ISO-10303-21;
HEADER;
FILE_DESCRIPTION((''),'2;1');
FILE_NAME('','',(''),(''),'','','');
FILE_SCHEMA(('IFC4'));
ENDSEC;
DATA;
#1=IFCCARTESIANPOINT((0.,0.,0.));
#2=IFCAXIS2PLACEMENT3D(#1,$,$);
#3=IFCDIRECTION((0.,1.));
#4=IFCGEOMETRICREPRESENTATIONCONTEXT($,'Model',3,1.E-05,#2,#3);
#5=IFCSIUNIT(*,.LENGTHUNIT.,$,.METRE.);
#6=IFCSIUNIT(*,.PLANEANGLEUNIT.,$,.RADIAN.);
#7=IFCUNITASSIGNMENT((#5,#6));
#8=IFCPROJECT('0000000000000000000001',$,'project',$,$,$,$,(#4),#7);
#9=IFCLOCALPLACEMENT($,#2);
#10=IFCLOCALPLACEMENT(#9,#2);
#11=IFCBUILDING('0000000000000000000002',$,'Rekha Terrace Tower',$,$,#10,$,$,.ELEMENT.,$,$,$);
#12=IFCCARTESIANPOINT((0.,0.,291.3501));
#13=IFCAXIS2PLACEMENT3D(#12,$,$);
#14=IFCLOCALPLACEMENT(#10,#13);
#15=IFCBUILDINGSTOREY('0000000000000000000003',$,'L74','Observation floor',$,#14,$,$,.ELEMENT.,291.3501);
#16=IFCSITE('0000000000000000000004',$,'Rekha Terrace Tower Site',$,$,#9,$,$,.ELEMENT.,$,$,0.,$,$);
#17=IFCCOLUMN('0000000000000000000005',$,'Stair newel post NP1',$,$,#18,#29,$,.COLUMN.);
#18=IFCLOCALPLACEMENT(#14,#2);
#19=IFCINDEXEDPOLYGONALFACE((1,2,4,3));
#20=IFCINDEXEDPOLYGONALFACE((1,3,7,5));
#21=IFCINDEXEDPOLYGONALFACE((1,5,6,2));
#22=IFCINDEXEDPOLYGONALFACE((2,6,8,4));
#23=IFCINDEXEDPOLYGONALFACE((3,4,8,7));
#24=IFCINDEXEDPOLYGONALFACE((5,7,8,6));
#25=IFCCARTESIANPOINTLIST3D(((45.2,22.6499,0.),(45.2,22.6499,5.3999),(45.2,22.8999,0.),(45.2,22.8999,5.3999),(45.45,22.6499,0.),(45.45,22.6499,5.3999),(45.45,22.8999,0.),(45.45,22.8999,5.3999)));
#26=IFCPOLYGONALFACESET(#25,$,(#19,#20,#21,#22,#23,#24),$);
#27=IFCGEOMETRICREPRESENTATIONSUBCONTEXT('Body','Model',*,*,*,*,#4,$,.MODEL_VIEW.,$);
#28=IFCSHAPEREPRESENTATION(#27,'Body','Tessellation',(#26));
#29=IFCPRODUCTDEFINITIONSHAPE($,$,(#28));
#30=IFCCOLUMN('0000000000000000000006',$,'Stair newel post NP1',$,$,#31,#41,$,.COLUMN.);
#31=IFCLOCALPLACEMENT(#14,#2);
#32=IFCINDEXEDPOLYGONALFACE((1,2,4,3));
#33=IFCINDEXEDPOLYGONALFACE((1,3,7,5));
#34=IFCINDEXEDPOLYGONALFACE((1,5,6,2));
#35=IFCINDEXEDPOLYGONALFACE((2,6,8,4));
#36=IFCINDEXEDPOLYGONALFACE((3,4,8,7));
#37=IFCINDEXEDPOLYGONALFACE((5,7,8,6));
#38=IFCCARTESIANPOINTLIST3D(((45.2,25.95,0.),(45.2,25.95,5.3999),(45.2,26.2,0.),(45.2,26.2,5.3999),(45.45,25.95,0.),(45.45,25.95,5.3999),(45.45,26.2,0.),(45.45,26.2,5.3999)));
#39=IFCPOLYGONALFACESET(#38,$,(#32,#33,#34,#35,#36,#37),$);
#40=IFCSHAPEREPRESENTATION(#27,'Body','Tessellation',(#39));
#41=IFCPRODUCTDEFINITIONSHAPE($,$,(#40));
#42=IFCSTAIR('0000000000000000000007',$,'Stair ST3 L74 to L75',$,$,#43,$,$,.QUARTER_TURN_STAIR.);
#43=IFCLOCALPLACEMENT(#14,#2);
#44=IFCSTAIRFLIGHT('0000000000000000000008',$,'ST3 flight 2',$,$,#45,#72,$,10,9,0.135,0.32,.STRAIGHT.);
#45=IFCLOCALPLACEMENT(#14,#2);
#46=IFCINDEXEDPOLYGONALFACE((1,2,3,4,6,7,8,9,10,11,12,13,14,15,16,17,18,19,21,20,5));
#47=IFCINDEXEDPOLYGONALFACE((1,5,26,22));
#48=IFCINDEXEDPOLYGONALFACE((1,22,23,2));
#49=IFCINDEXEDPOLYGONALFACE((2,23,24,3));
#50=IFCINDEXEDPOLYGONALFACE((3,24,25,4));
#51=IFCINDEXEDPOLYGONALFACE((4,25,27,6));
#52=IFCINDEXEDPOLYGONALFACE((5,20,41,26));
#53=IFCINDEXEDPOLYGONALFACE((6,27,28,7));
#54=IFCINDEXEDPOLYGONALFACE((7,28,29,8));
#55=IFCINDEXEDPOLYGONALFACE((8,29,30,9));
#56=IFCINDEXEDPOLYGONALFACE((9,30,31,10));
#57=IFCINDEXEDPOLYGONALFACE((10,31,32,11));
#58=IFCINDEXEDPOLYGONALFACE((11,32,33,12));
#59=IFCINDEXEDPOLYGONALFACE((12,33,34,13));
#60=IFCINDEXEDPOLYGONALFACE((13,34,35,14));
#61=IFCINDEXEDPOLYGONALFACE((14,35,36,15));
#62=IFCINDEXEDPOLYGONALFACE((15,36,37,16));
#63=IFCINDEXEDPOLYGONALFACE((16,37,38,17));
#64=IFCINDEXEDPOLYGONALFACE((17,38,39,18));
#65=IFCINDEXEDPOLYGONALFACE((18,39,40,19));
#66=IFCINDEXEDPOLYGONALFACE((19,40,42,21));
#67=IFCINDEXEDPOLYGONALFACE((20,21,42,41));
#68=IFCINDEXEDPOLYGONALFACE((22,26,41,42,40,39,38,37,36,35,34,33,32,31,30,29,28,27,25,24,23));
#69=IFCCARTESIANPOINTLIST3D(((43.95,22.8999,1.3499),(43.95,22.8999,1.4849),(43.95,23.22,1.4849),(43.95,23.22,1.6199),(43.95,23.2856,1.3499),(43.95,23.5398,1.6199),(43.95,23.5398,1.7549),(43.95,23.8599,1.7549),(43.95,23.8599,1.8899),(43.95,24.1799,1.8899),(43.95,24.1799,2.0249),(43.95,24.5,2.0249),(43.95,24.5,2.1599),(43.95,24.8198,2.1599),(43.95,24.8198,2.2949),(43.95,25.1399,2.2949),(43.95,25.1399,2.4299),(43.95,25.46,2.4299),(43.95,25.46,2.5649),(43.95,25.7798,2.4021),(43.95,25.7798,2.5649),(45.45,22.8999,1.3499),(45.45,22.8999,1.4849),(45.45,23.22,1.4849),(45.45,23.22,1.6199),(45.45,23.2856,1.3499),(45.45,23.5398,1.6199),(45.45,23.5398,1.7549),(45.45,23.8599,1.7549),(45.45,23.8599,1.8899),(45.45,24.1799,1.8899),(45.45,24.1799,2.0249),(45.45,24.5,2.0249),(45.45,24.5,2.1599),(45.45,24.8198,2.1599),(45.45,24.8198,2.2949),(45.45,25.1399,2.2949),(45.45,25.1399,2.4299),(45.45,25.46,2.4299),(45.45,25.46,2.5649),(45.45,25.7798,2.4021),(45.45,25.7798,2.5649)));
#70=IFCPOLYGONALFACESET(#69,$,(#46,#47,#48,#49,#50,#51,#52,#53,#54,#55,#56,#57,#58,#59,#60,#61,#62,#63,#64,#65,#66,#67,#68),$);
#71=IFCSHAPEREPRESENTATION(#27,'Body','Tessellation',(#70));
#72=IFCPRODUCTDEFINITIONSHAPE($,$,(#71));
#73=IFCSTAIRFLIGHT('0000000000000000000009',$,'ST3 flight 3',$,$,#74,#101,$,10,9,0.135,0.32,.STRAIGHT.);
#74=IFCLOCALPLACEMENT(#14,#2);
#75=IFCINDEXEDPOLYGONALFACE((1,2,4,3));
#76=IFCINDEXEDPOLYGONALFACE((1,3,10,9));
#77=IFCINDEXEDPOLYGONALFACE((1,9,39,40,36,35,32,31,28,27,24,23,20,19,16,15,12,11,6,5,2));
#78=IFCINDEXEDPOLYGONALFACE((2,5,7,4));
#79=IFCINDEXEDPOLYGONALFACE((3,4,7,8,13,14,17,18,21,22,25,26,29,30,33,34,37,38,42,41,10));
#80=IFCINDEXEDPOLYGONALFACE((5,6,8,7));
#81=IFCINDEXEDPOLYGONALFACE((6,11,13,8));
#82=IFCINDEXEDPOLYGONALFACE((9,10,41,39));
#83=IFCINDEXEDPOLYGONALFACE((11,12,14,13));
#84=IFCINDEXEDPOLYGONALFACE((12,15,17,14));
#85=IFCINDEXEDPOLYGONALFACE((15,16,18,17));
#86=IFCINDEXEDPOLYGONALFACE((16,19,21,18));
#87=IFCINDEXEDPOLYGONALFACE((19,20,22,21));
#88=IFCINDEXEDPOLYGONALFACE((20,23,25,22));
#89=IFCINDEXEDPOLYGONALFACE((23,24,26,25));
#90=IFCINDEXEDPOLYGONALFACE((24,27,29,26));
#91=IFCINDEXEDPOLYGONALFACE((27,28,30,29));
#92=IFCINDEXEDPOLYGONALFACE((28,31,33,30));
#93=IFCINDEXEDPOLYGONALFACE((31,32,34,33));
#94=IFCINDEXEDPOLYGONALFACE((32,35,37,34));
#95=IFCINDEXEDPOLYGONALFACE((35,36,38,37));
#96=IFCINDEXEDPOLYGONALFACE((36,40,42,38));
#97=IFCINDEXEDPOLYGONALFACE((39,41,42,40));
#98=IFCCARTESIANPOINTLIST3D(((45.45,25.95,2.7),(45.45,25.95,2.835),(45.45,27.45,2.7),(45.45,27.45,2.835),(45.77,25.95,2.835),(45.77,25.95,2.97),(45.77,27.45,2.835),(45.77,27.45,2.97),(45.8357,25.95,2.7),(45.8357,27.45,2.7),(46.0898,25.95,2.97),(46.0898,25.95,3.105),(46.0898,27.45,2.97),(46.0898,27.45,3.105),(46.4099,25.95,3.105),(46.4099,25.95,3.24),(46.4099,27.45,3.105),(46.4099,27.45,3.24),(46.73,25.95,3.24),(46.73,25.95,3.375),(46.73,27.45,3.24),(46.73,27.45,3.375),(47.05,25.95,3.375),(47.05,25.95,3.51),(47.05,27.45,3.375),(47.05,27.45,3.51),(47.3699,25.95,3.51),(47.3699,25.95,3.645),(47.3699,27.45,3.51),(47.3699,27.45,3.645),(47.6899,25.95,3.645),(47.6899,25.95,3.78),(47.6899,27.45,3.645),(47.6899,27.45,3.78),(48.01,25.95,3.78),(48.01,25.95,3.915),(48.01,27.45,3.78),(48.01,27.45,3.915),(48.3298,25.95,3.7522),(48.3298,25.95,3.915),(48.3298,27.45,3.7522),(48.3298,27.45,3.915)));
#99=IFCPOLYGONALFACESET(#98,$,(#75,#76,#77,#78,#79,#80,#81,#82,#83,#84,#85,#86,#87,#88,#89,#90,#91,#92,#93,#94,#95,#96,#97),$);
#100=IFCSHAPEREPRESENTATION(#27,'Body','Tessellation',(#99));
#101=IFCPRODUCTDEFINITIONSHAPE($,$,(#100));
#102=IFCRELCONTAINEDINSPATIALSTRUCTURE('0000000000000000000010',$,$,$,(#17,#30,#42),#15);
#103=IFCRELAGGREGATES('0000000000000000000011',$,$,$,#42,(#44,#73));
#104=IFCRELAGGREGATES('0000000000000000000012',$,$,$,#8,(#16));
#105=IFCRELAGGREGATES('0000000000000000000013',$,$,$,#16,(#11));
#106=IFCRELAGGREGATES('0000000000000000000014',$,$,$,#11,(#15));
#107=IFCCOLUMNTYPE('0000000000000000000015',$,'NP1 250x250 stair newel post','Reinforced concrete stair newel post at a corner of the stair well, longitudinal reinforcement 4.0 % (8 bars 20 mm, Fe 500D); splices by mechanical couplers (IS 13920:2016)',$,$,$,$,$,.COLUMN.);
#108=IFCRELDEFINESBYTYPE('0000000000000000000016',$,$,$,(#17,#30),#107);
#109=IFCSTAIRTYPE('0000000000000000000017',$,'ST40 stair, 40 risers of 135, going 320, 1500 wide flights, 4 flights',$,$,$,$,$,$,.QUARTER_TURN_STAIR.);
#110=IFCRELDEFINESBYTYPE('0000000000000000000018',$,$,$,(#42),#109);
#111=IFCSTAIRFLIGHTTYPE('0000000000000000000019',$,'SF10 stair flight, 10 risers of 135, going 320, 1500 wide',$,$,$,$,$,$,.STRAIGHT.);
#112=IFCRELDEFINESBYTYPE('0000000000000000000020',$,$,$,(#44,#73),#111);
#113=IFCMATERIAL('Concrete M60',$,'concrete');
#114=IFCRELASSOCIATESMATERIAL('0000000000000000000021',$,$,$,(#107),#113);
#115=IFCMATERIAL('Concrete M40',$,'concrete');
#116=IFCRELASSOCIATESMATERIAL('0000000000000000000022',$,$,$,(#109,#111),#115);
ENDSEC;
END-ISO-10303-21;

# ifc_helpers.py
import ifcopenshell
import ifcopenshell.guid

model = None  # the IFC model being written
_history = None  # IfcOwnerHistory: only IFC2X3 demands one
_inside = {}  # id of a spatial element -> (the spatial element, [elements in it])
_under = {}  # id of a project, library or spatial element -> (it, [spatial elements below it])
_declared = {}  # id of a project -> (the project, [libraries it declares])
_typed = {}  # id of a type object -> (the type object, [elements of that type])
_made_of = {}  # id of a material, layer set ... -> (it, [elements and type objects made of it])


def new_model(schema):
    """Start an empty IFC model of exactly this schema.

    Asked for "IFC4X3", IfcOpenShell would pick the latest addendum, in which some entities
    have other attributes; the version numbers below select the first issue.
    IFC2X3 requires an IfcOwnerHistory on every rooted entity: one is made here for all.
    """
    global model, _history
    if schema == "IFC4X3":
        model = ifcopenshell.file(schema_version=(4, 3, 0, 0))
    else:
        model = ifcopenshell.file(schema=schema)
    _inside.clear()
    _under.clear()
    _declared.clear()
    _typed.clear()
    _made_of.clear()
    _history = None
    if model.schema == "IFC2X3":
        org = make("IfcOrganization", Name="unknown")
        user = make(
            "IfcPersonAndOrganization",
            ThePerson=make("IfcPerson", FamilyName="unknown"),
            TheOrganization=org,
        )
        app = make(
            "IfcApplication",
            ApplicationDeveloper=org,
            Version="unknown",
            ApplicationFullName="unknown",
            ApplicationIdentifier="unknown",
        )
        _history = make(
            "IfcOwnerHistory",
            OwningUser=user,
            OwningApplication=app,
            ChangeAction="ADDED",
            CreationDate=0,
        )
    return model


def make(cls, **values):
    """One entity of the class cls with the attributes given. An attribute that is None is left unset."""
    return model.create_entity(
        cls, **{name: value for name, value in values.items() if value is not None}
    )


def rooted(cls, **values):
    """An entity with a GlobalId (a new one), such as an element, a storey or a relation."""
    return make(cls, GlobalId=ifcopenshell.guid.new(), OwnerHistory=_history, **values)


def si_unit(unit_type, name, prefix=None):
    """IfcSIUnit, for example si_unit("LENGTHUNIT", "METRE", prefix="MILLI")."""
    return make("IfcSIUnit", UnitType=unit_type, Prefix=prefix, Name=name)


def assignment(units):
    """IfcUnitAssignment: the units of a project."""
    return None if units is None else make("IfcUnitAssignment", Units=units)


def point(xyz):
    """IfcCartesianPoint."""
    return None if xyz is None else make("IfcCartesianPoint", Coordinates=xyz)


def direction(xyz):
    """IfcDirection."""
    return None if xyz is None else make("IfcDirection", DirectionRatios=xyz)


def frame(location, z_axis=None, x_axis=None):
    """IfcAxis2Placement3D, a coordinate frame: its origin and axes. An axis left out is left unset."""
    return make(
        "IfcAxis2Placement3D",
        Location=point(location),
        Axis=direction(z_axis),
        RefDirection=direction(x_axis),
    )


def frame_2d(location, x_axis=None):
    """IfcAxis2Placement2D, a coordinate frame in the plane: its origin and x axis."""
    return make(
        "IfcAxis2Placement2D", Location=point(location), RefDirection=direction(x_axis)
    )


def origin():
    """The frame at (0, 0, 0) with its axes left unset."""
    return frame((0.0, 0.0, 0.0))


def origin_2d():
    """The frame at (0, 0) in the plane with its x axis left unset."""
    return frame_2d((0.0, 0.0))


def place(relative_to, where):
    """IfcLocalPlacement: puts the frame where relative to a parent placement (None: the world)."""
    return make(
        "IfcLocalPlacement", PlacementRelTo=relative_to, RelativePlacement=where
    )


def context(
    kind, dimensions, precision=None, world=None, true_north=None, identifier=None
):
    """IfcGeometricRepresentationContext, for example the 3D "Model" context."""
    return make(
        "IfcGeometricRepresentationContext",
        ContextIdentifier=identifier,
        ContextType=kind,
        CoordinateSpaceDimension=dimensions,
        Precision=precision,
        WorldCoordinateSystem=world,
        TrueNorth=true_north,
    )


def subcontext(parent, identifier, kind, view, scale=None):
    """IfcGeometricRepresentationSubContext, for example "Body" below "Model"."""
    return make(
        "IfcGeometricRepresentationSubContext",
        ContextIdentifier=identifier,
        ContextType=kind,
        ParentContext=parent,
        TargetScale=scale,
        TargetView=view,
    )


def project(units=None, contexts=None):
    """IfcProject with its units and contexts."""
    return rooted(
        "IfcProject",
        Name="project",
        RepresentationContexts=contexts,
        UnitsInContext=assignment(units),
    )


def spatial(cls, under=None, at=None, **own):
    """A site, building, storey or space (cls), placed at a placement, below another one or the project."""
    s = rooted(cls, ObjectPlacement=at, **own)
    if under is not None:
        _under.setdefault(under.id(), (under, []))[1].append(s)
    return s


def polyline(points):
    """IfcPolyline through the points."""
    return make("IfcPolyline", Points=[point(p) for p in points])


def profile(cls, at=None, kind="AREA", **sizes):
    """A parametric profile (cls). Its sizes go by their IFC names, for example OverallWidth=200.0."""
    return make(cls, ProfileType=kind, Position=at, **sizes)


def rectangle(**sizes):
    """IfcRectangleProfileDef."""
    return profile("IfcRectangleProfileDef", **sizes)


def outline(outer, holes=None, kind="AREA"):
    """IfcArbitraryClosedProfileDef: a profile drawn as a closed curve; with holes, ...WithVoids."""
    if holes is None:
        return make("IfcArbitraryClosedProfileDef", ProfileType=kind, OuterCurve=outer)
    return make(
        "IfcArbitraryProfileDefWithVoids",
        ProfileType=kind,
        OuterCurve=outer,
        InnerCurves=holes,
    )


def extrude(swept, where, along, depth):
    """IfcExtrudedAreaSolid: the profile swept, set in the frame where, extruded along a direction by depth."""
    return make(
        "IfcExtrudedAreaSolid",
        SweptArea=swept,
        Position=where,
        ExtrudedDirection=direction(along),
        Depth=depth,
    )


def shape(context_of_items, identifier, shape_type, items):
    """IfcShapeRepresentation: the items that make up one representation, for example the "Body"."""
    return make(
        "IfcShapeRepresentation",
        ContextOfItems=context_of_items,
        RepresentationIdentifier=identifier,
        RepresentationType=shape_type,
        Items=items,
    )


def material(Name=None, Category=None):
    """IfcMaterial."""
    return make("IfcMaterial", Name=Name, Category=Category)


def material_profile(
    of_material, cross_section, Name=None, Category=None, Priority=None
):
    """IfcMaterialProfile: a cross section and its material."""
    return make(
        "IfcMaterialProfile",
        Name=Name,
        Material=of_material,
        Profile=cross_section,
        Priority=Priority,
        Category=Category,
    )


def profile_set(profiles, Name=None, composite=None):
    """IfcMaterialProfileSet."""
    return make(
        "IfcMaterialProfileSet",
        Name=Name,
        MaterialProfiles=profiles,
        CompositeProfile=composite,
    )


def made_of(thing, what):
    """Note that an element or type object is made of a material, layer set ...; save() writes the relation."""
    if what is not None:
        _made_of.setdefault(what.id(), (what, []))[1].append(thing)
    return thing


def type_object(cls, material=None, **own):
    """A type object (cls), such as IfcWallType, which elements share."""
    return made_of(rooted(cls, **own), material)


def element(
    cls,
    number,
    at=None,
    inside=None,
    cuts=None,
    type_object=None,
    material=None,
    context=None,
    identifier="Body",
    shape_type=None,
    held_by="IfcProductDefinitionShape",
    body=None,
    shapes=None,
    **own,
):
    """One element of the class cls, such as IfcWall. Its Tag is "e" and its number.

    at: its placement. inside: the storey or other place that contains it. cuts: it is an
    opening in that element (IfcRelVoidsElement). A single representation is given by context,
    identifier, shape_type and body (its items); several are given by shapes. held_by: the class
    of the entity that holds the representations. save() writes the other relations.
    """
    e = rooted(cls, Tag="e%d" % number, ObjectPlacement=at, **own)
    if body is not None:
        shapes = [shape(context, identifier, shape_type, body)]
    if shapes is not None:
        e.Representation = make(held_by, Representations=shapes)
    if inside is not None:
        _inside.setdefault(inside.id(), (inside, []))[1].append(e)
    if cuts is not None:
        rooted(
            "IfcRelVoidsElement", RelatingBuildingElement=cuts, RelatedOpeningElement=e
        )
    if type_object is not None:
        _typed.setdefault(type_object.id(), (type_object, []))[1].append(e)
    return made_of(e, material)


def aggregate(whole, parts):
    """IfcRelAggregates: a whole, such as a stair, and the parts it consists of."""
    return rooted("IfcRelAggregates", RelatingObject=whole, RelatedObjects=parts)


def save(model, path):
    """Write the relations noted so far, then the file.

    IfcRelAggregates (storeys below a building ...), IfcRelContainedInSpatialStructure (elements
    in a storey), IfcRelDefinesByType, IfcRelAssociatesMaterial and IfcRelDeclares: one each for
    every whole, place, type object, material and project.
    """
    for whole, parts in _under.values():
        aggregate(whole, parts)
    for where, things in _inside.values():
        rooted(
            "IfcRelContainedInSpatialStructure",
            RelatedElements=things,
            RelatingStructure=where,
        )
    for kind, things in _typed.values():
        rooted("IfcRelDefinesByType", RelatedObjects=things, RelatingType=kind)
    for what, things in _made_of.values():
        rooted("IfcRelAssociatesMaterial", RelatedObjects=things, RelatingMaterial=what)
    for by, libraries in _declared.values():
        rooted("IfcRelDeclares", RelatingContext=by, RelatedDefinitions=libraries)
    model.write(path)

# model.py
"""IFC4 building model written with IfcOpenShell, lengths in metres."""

from ifc_helpers import new_model, si_unit, direction, frame, origin, origin_2d, place, context, subcontext, project, spatial, polyline, rectangle, outline, extrude, material, material_profile, profile_set, type_object, element, aggregate, save


model = new_model("IFC4")

# Units and contexts
model_context = context("Model", 3, precision=1e-05, world=origin(), true_north=direction((0.0, 1.0)))
body_context = subcontext(model_context, "Body", "Model", "MODEL_VIEW")
ifc_project = project(units=[si_unit("LENGTHUNIT", "METRE"), si_unit("PLANEANGLEUNIT", "RADIAN")], contexts=[model_context])

# Site, building, storey
site_placement = place(None, origin())
site = spatial("IfcSite", under=ifc_project, at=site_placement, Name="Rekha Terrace Tower Site", CompositionType="ELEMENT", RefElevation=0.0)
building_placement = place(site_placement, origin())
building = spatial("IfcBuilding", under=site, at=building_placement, Name="Rekha Terrace Tower", CompositionType="ELEMENT")
storey_placement = place(building_placement, frame((0.0, 0.0, 291.3501)))
storey = spatial("IfcBuildingStorey", under=building, at=storey_placement, Name="L74", Description="Observation floor", CompositionType="ELEMENT", Elevation=291.3501)

# Columns
ifc_material_1 = material(Name="Concrete M60", Category="concrete")
ifc_material_profile = material_profile(ifc_material_1, rectangle(XDim=0.25, YDim=0.25, at=origin_2d()), Name="RC 250x250")
ifc_profile_set = profile_set([ifc_material_profile], Name="Concrete M60")
column_type = type_object("IfcColumnType", Name="NP1 250x250 stair newel post", Description="Reinforced concrete stair newel post at a corner of the stair well, longitudinal reinforcement 4.0 % (8 bars 20 mm, Fe 500D); splices by mechanical couplers (IS 13920:2016)", PredefinedType="COLUMN", material=ifc_profile_set)
for number, where, z_axis, x_axis, name in (
    (1, (45.325, 22.7749, 0.0), (0.0, 0.0, 1.0), (1.0, 0.0, 0.0), "Stair newel post NP1"),
    (2, (45.325, 26.075, 0.0), (0.0, 0.0, 1.0), (1.0, 0.0, 0.0), "Stair newel post NP1"),
):
    element("IfcColumn", number, at=place(storey_placement, frame(where, z_axis=z_axis, x_axis=x_axis)), inside=storey, type_object=column_type, Name=name, PredefinedType="COLUMN", context=body_context, shape_type="SweptSolid", body=[
        extrude(rectangle(XDim=0.25, YDim=0.25, at=origin_2d()), origin(), (0.0, 0.0, 1.0), 5.3999),
    ])

# Stair, stair flights
ifc_material_2 = material(Name="Concrete M40", Category="concrete")
stair_type = type_object("IfcStairType", Name="ST40 stair, 40 risers of 135, going 320, 1500 wide flights, 4 flights", PredefinedType="QUARTER_TURN_STAIR", material=ifc_material_2)
stair_placement = place(storey_placement, origin())
stair = element("IfcStair", 3, at=stair_placement, inside=storey, type_object=stair_type, Name="Stair ST3 L74 to L75", PredefinedType="QUARTER_TURN_STAIR")
stair_flight_type = type_object("IfcStairFlightType", Name="SF10 stair flight, 10 risers of 135, going 320, 1500 wide", PredefinedType="STRAIGHT", material=ifc_material_2)
stair_flight_1_placement = place(storey_placement, frame((44.7, 22.8999, 1.3499), z_axis=(0.0, 0.0, 1.0), x_axis=(0.0, 1.0, 0.0)))
stair_flight_1 = element("IfcStairFlight", 4, at=stair_flight_1_placement, type_object=stair_flight_type, Name="ST3 flight 2", NumberOfRisers=10, NumberOfTreads=9, PredefinedType="STRAIGHT", RiserHeight=0.135, TreadLength=0.32, context=body_context, shape_type="SweptSolid", body=[
    extrude(outline(polyline([(0.0, 0.0), (0.0, 0.135), (0.3201, 0.135), (0.3201, 0.27), (0.6399, 0.27), (0.6399, 0.405), (0.96, 0.405), (0.96, 0.54), (1.28, 0.54), (1.28, 0.675), (1.6001, 0.675), (1.6001, 0.8101), (1.9199, 0.8101), (1.9199, 0.9451), (2.24, 0.9451), (2.24, 1.0801), (2.5601, 1.0801), (2.5601, 1.2151), (2.8799, 1.2151), (2.8799, 1.3501), (2.8799, 1.0522), (0.3857, 0.0), (0.0, 0.0)])), frame((0.0, 0.75, 0.0), z_axis=(0.0, -1.0, 0.0), x_axis=(1.0, 0.0, 0.0)), (0.0, 0.0, 1.0), 1.5),
])
stair_flight_2_placement = place(storey_placement, frame((45.45, 26.7, 2.7), z_axis=(0.0, 0.0, 1.0), x_axis=(1.0, 0.0, 0.0)))
stair_flight_2 = element("IfcStairFlight", 5, at=stair_flight_2_placement, type_object=stair_flight_type, Name="ST3 flight 3", NumberOfRisers=10, NumberOfTreads=9, PredefinedType="STRAIGHT", RiserHeight=0.135, TreadLength=0.32, context=body_context, shape_type="SweptSolid", body=[
    extrude(outline(polyline([(0.0, 0.0), (0.0, 0.135), (0.3201, 0.135), (0.3201, 0.27), (0.6399, 0.27), (0.6399, 0.405), (0.96, 0.405), (0.96, 0.54), (1.28, 0.54), (1.28, 0.675), (1.6001, 0.675), (1.6001, 0.8101), (1.9199, 0.8101), (1.9199, 0.9451), (2.24, 0.9451), (2.24, 1.0801), (2.5601, 1.0801), (2.5601, 1.2151), (2.8799, 1.2151), (2.8799, 1.3501), (2.8799, 1.0522), (0.3857, 0.0), (0.0, 0.0)])), frame((0.0, 0.75, 0.0), z_axis=(0.0, -1.0, 0.0), x_axis=(1.0, 0.0, 0.0)), (0.0, 0.0, 1.0), 1.5),
])
aggregate(stair, [stair_flight_1, stair_flight_2])

save(model, "model.ifc")
